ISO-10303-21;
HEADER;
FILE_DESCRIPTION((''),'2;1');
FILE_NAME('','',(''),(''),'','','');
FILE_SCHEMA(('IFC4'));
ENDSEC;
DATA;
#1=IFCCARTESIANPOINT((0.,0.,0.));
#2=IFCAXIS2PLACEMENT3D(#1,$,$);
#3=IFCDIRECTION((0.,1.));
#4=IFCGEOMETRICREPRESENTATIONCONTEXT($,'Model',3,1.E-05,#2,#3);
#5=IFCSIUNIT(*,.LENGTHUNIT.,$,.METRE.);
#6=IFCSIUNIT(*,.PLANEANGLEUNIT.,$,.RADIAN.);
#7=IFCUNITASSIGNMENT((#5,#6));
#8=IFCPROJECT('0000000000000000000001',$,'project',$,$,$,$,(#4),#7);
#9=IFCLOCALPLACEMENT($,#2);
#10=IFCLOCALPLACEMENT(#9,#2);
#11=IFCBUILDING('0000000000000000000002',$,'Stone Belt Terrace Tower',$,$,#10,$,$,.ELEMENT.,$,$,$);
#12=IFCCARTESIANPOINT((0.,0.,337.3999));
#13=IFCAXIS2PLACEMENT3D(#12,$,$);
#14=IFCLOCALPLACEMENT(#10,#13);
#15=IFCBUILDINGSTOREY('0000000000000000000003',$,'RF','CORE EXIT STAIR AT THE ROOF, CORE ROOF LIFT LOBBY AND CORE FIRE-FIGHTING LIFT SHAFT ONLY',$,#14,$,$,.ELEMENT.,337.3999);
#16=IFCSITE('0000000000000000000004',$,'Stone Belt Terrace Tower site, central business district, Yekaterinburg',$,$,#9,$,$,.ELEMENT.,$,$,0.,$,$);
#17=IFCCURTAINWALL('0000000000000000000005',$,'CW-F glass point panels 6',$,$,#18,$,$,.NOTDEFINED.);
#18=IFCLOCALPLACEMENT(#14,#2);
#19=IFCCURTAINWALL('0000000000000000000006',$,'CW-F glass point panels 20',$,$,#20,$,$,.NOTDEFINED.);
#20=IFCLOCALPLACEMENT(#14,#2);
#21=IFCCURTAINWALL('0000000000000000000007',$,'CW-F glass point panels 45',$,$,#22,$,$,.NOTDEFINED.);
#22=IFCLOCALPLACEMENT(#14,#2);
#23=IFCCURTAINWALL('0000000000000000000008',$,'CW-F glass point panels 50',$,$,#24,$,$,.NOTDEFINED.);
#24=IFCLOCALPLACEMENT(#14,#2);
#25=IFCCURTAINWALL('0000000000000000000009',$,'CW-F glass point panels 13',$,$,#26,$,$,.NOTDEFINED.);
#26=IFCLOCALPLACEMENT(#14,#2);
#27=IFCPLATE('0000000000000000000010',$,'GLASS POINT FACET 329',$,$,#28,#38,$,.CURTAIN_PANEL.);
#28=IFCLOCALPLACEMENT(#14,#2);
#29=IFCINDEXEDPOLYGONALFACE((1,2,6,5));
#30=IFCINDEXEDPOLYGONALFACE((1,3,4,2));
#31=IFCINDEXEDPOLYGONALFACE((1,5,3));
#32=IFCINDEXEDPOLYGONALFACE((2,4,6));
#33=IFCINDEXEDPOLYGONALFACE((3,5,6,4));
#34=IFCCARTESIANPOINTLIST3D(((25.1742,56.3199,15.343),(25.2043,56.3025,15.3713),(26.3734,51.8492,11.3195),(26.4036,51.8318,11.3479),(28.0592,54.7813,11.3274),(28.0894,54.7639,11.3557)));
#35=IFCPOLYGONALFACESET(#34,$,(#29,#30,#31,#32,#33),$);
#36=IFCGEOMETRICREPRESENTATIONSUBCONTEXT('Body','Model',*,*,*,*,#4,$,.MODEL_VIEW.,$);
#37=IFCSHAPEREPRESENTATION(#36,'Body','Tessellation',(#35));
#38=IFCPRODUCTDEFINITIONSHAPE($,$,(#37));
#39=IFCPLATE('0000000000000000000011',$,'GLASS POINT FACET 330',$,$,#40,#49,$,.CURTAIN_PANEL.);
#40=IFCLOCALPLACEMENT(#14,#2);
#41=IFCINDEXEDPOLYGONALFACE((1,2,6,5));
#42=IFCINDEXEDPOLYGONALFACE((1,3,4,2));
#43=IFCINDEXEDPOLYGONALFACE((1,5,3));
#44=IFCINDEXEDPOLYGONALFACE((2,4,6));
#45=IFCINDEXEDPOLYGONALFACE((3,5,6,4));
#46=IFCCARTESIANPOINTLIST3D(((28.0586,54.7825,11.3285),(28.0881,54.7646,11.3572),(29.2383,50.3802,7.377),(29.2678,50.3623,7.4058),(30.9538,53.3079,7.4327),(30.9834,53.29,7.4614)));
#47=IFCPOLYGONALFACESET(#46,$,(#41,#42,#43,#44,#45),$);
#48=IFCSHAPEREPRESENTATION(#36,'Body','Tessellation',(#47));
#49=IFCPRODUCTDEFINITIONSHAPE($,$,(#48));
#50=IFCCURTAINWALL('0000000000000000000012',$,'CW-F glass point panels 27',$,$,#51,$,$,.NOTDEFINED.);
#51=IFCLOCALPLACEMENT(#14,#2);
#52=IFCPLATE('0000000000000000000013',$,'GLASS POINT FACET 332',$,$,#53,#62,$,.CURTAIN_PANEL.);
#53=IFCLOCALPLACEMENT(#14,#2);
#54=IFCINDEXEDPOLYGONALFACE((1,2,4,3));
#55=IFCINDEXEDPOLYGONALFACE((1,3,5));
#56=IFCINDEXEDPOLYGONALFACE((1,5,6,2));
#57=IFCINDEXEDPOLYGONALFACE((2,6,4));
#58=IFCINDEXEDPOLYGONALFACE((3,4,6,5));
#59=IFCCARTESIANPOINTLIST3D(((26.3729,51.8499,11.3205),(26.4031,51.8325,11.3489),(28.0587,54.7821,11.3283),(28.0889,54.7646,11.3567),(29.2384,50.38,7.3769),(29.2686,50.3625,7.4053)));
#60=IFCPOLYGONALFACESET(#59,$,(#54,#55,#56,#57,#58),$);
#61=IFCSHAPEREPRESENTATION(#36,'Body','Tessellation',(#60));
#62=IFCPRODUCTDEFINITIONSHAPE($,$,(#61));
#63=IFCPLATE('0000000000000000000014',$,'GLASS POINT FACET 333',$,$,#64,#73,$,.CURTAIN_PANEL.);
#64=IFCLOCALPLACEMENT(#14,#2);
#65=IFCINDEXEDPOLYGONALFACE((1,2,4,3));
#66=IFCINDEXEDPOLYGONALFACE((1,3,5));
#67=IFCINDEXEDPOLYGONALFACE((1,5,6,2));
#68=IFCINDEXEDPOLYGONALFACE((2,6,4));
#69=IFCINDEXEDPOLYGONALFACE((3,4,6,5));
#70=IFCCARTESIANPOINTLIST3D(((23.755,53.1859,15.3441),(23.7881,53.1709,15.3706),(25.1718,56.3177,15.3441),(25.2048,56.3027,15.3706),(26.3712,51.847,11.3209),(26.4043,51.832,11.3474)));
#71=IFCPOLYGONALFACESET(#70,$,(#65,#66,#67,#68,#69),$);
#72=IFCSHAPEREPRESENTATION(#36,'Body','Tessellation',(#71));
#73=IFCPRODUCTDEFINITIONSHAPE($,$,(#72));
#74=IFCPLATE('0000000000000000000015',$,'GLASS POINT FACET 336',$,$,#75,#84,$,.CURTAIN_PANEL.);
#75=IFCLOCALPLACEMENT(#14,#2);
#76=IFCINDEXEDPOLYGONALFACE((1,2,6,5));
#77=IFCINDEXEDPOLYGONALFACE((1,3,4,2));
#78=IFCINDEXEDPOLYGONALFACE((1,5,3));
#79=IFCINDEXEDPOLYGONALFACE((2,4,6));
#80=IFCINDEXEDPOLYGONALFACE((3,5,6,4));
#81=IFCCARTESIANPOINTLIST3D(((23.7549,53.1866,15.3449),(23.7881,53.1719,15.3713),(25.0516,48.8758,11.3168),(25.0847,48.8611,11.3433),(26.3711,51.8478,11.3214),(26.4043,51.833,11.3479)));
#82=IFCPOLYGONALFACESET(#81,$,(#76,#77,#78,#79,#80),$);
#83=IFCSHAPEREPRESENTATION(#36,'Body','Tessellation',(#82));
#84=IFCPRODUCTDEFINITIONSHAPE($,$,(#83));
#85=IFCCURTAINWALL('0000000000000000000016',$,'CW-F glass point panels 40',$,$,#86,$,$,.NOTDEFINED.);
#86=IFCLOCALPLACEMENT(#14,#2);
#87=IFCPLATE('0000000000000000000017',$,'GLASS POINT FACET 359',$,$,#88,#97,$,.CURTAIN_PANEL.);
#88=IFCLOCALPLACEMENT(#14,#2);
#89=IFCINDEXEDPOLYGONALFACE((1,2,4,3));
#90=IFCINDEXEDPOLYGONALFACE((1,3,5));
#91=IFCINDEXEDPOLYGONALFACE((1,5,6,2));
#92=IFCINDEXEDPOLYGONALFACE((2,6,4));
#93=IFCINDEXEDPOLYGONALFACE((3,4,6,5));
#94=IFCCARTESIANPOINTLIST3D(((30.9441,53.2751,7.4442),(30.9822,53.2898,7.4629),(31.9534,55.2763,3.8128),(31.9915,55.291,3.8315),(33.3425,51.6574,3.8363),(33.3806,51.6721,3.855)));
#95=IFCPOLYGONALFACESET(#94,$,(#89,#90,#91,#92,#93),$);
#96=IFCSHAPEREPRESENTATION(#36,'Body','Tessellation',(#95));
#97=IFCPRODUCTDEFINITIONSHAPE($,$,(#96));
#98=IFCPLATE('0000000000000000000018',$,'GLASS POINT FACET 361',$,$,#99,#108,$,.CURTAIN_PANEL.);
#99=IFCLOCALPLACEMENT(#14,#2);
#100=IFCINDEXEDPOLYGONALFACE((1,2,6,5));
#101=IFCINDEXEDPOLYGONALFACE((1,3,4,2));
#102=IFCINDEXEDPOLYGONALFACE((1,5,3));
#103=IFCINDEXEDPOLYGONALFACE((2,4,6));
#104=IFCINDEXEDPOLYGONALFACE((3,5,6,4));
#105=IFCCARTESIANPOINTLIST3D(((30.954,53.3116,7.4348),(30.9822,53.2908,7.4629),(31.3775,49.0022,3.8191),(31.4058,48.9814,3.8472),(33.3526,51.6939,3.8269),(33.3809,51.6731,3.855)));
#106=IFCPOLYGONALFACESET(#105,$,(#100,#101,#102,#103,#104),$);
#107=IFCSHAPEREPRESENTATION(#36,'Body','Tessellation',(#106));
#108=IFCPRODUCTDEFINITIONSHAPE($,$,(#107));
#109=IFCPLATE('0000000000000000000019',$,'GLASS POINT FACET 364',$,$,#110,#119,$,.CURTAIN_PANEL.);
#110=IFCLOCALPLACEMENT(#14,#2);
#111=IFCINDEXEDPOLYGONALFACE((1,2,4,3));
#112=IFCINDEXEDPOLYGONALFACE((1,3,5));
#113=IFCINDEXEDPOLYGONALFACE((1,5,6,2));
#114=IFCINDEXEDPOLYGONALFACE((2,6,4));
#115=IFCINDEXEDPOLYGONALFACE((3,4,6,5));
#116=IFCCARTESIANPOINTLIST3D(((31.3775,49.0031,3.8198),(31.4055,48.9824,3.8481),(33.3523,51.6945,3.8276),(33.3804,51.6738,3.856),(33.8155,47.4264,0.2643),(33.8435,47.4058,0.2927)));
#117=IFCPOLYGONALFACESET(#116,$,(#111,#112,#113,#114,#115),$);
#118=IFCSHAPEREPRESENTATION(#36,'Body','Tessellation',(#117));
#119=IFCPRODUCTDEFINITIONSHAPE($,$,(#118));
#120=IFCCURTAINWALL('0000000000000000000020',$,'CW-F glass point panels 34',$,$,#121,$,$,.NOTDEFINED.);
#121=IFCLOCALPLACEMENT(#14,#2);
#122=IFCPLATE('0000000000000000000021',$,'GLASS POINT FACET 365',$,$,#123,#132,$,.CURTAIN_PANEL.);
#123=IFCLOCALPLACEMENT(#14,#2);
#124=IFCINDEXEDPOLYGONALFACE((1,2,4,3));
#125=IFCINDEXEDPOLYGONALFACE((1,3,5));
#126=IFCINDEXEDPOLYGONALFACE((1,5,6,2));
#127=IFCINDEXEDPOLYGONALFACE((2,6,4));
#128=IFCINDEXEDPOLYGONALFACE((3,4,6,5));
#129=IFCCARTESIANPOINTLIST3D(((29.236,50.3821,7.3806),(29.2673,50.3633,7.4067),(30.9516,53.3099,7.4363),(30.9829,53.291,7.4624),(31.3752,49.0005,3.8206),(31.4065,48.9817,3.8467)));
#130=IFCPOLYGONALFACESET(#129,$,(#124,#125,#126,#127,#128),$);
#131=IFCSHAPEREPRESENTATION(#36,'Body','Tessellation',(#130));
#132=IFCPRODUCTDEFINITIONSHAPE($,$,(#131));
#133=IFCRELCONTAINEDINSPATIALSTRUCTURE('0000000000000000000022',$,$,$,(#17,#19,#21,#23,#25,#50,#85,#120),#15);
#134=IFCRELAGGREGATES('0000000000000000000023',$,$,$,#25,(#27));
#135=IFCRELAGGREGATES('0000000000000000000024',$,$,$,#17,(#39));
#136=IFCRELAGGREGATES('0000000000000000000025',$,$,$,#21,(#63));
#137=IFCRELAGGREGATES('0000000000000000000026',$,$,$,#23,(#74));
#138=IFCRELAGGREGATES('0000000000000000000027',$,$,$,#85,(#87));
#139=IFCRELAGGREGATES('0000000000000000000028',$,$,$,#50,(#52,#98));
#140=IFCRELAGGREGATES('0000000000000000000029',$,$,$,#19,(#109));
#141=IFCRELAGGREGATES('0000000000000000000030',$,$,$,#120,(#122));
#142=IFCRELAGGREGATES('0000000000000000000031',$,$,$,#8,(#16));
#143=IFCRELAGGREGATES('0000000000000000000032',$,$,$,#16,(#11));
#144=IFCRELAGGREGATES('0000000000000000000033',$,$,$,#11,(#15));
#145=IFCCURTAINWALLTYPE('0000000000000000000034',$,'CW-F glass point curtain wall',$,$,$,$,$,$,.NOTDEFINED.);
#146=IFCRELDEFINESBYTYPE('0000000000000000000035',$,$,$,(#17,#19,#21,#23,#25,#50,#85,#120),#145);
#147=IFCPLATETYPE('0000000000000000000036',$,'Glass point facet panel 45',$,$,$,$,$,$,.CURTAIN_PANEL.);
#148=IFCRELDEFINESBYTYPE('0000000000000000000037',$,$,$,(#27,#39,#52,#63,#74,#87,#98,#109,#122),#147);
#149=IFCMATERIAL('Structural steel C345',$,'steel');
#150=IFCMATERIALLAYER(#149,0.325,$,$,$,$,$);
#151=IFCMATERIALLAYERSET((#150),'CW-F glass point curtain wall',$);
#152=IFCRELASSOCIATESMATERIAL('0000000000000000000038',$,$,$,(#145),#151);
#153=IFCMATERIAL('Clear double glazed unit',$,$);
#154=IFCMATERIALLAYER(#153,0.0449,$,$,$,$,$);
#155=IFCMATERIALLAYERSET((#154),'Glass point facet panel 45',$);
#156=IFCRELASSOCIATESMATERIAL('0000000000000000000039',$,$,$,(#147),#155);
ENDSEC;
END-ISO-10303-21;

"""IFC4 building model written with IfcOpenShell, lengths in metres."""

from ifc_helpers import new_model, si_unit, direction, frame, origin, place, context, subcontext, project, spatial, polyline, outline, extrude, material, layer, layer_set, type_object, element, aggregate, save


model = new_model("IFC4")

# Units and contexts
model_context = context("Model", 3, precision=1e-05, world=origin(), true_north=direction((0.0, 1.0)))
body_context = subcontext(model_context, "Body", "Model", "MODEL_VIEW")
ifc_project = project(units=[si_unit("LENGTHUNIT", "METRE"), si_unit("PLANEANGLEUNIT", "RADIAN")], contexts=[model_context])

# Site, building, storey
site_placement = place(None, origin())
site = spatial("IfcSite", under=ifc_project, at=site_placement, Name="Stone Belt Terrace Tower site, central business district, Yekaterinburg", CompositionType="ELEMENT", RefElevation=0.0)
building_placement = place(site_placement, origin())
building = spatial("IfcBuilding", under=site, at=building_placement, Name="Stone Belt Terrace Tower", CompositionType="ELEMENT")
storey_placement = place(building_placement, frame((0.0, 0.0, 337.3999)))
storey = spatial("IfcBuildingStorey", under=building, at=storey_placement, Name="RF", Description="CORE EXIT STAIR AT THE ROOF, CORE ROOF LIFT LOBBY AND CORE FIRE-FIGHTING LIFT SHAFT ONLY", CompositionType="ELEMENT", Elevation=337.3999)

# Shared definitions
ifc_material_1 = material(Name="Structural steel C345", Category="steel")

# Curtain walls
ifc_layer_1 = layer(ifc_material_1, 0.325)
ifc_layer_set_1 = layer_set([ifc_layer_1], Name="CW-F glass point curtain wall")
curtain_wall_type = type_object("IfcCurtainWallType", Name="CW-F glass point curtain wall", PredefinedType="NOTDEFINED", material=ifc_layer_set_1)
ifc_material_2 = material(Name="Clear double glazed unit")
ifc_layer_2 = layer(ifc_material_2, 0.0449)
ifc_layer_set_2 = layer_set([ifc_layer_2], Name="Glass point facet panel 45")
plate_type = type_object("IfcPlateType", Name="Glass point facet panel 45", PredefinedType="CURTAIN_PANEL", material=ifc_layer_set_2)
curtain_wall_1_placement = place(storey_placement, origin())
curtain_wall_1 = element("IfcCurtainWall", 1, at=curtain_wall_1_placement, inside=storey, type_object=curtain_wall_type, Name="CW-F glass point panels 6", PredefinedType="NOTDEFINED")
curtain_wall_2_placement = place(storey_placement, origin())
curtain_wall_2 = element("IfcCurtainWall", 2, at=curtain_wall_2_placement, inside=storey, type_object=curtain_wall_type, Name="CW-F glass point panels 20", PredefinedType="NOTDEFINED")
curtain_wall_3_placement = place(storey_placement, origin())
curtain_wall_3 = element("IfcCurtainWall", 3, at=curtain_wall_3_placement, inside=storey, type_object=curtain_wall_type, Name="CW-F glass point panels 45", PredefinedType="NOTDEFINED")
curtain_wall_4_placement = place(storey_placement, origin())
curtain_wall_4 = element("IfcCurtainWall", 4, at=curtain_wall_4_placement, inside=storey, type_object=curtain_wall_type, Name="CW-F glass point panels 50", PredefinedType="NOTDEFINED")

# Curtain wall, plate
curtain_wall_5_placement = place(storey_placement, origin())
curtain_wall_5 = element("IfcCurtainWall", 5, at=curtain_wall_5_placement, inside=storey, type_object=curtain_wall_type, Name="CW-F glass point panels 13", PredefinedType="NOTDEFINED")
plate_1_placement = place(storey_placement, frame((25.2043, 56.3025, 15.3713), z_axis=(0.671692, -0.387863, 0.631183), x_axis=(0.557125, -0.297114, -0.775458)))
plate_1 = element("IfcPlate", 6, at=plate_1_placement, type_object=plate_type, Name="GLASS POINT FACET 329", PredefinedType="CURTAIN_PANEL", context=body_context, shape_type="SweptSolid", body=[
    extrude(outline(polyline([(0.0, 0.0), (5.1784, 0.0), (5.1164, -3.3816), (0.0, 0.0)])), origin(), (0.0, 0.0, -1.0), 0.0449),
])
aggregate(curtain_wall_5, [plate_1])

# Plate
plate_2_placement = place(storey_placement, frame((30.9834, 53.29, 7.4614), z_axis=(0.657936, -0.397692, 0.639501), x_axis=(-0.505502, -0.86267, -0.016402)))
plate_2 = element("IfcPlate", 7, at=plate_2_placement, type_object=plate_type, Name="GLASS POINT FACET 330", PredefinedType="CURTAIN_PANEL", context=body_context, shape_type="SweptSolid", body=[
    extrude(outline(polyline([(0.0, 0.0), (3.3938, 0.0), (0.1276, -5.0713), (0.0, 0.0)])), origin(), (0.0, 0.0, -1.0), 0.0449),
])
aggregate(curtain_wall_1, [plate_2])

# Curtain wall, plate
curtain_wall_6_placement = place(storey_placement, origin())
curtain_wall_6 = element("IfcCurtainWall", 8, at=curtain_wall_6_placement, inside=storey, type_object=curtain_wall_type, Name="CW-F glass point panels 27", PredefinedType="NOTDEFINED")
plate_3_placement = place(storey_placement, frame((28.0889, 54.7646, 11.3567), z_axis=(0.671075, -0.38751, 0.632056), x_axis=(0.195575, -0.729803, -0.655086)))
plate_3 = element("IfcPlate", 9, at=plate_3_placement, type_object=plate_type, Name="GLASS POINT FACET 332", PredefinedType="CURTAIN_PANEL", context=body_context, shape_type="SweptSolid", body=[
    extrude(outline(polyline([(0.0, 0.0), (6.0319, 0.0), (1.8153, -2.8538), (0.0, 0.0)])), origin(), (0.0, 0.0, -1.0), 0.0449),
])

# Plates
plate_4_placement = place(storey_placement, frame((25.2048, 56.3027, 15.3706), z_axis=(0.736019, -0.332953, 0.589422), x_axis=(0.19558, -0.728975, -0.656006)))
plate_4 = element("IfcPlate", 10, at=plate_4_placement, type_object=plate_type, Name="GLASS POINT FACET 333", PredefinedType="CURTAIN_PANEL", context=body_context, shape_type="SweptSolid", body=[
    extrude(outline(polyline([(0.0, 0.0), (6.1329, 0.0), (2.0059, -2.7914), (0.0, 0.0)])), origin(), (0.0, 0.0, -1.0), 0.0449),
])
aggregate(curtain_wall_3, [plate_4])
plate_5_placement = place(storey_placement, frame((26.4043, 51.833, 11.3479), z_axis=(0.738069, -0.328634, 0.589283), x_axis=(-0.405811, -0.913956, -0.001427)))
plate_5 = element("IfcPlate", 11, at=plate_5_placement, type_object=plate_type, Name="GLASS POINT FACET 336", PredefinedType="CURTAIN_PANEL", context=body_context, shape_type="SweptSolid", body=[
    extrude(outline(polyline([(0.0, 0.0), (3.2517, 0.0), (-0.1677, -4.9797), (0.0, 0.0)])), origin(), (0.0, 0.0, -1.0), 0.0449),
])
aggregate(curtain_wall_4, [plate_5])

# Curtain wall, plate
curtain_wall_7_placement = place(storey_placement, origin())
curtain_wall_7 = element("IfcCurtainWall", 12, at=curtain_wall_7_placement, inside=storey, type_object=curtain_wall_type, Name="CW-F glass point panels 40", PredefinedType="NOTDEFINED")
plate_6_placement = place(storey_placement, frame((30.9822, 53.2898, 7.4629), z_axis=(0.847849, 0.328155, 0.416492), x_axis=(0.236512, 0.468962, -0.850962)))
plate_6 = element("IfcPlate", 13, at=plate_6_placement, type_object=plate_type, Name="GLASS POINT FACET 359", PredefinedType="CURTAIN_PANEL", context=body_context, shape_type="SweptSolid", body=[
    extrude(outline(polyline([(0.0, 0.0), (4.2673, 0.0), (2.8788, -3.6192), (0.0, 0.0)])), origin(), (0.0, 0.0, -1.0), 0.0449),
])
aggregate(curtain_wall_7, [plate_6])

# Plates
plate_7_placement = place(storey_placement, frame((30.9822, 53.2908, 7.4629), z_axis=(0.628322, -0.46287, 0.62527), x_axis=(0.518671, -0.349793, -0.780144)))
plate_7 = element("IfcPlate", 14, at=plate_7_placement, type_object=plate_type, Name="GLASS POINT FACET 361", PredefinedType="CURTAIN_PANEL", context=body_context, shape_type="SweptSolid", body=[
    extrude(outline(polyline([(0.0, 0.0), (4.6247, 0.0), (4.5479, -3.3377), (0.0, 0.0)])), origin(), (0.0, 0.0, -1.0), 0.0449),
])
aggregate(curtain_wall_6, [plate_3, plate_7])
plate_8_placement = place(storey_placement, frame((33.3804, 51.6738, 3.856), z_axis=(0.624064, -0.459749, 0.631804), x_axis=(0.083011, -0.764996, -0.638663)))
plate_8 = element("IfcPlate", 15, at=plate_8_placement, type_object=plate_type, Name="GLASS POINT FACET 364", PredefinedType="CURTAIN_PANEL", context=body_context, shape_type="SweptSolid", body=[
    extrude(outline(polyline([(0.0, 0.0), (5.5792, 0.0), (1.9, -2.7448), (0.0, 0.0)])), origin(), (0.0, 0.0, -1.0), 0.0449),
])
aggregate(curtain_wall_2, [plate_8])

# Curtain wall, plate
curtain_wall_8_placement = place(storey_placement, origin())
curtain_wall_8 = element("IfcCurtainWall", 16, at=curtain_wall_8_placement, inside=storey, type_object=curtain_wall_type, Name="CW-F glass point panels 34", PredefinedType="NOTDEFINED")
plate_9_placement = place(storey_placement, frame((30.9829, 53.291, 7.4624), z_axis=(0.696987, -0.419474, 0.581594), x_axis=(0.075088, -0.763902, -0.640949)))
plate_9 = element("IfcPlate", 17, at=plate_9_placement, type_object=plate_type, Name="GLASS POINT FACET 365", PredefinedType="CURTAIN_PANEL", context=body_context, shape_type="SweptSolid", body=[
    extrude(outline(polyline([(0.0, 0.0), (5.6412, 0.0), (2.1434, -2.6313), (0.0, 0.0)])), origin(), (0.0, 0.0, -1.0), 0.0449),
])
aggregate(curtain_wall_8, [plate_9])

save(model, "model.ifc")
